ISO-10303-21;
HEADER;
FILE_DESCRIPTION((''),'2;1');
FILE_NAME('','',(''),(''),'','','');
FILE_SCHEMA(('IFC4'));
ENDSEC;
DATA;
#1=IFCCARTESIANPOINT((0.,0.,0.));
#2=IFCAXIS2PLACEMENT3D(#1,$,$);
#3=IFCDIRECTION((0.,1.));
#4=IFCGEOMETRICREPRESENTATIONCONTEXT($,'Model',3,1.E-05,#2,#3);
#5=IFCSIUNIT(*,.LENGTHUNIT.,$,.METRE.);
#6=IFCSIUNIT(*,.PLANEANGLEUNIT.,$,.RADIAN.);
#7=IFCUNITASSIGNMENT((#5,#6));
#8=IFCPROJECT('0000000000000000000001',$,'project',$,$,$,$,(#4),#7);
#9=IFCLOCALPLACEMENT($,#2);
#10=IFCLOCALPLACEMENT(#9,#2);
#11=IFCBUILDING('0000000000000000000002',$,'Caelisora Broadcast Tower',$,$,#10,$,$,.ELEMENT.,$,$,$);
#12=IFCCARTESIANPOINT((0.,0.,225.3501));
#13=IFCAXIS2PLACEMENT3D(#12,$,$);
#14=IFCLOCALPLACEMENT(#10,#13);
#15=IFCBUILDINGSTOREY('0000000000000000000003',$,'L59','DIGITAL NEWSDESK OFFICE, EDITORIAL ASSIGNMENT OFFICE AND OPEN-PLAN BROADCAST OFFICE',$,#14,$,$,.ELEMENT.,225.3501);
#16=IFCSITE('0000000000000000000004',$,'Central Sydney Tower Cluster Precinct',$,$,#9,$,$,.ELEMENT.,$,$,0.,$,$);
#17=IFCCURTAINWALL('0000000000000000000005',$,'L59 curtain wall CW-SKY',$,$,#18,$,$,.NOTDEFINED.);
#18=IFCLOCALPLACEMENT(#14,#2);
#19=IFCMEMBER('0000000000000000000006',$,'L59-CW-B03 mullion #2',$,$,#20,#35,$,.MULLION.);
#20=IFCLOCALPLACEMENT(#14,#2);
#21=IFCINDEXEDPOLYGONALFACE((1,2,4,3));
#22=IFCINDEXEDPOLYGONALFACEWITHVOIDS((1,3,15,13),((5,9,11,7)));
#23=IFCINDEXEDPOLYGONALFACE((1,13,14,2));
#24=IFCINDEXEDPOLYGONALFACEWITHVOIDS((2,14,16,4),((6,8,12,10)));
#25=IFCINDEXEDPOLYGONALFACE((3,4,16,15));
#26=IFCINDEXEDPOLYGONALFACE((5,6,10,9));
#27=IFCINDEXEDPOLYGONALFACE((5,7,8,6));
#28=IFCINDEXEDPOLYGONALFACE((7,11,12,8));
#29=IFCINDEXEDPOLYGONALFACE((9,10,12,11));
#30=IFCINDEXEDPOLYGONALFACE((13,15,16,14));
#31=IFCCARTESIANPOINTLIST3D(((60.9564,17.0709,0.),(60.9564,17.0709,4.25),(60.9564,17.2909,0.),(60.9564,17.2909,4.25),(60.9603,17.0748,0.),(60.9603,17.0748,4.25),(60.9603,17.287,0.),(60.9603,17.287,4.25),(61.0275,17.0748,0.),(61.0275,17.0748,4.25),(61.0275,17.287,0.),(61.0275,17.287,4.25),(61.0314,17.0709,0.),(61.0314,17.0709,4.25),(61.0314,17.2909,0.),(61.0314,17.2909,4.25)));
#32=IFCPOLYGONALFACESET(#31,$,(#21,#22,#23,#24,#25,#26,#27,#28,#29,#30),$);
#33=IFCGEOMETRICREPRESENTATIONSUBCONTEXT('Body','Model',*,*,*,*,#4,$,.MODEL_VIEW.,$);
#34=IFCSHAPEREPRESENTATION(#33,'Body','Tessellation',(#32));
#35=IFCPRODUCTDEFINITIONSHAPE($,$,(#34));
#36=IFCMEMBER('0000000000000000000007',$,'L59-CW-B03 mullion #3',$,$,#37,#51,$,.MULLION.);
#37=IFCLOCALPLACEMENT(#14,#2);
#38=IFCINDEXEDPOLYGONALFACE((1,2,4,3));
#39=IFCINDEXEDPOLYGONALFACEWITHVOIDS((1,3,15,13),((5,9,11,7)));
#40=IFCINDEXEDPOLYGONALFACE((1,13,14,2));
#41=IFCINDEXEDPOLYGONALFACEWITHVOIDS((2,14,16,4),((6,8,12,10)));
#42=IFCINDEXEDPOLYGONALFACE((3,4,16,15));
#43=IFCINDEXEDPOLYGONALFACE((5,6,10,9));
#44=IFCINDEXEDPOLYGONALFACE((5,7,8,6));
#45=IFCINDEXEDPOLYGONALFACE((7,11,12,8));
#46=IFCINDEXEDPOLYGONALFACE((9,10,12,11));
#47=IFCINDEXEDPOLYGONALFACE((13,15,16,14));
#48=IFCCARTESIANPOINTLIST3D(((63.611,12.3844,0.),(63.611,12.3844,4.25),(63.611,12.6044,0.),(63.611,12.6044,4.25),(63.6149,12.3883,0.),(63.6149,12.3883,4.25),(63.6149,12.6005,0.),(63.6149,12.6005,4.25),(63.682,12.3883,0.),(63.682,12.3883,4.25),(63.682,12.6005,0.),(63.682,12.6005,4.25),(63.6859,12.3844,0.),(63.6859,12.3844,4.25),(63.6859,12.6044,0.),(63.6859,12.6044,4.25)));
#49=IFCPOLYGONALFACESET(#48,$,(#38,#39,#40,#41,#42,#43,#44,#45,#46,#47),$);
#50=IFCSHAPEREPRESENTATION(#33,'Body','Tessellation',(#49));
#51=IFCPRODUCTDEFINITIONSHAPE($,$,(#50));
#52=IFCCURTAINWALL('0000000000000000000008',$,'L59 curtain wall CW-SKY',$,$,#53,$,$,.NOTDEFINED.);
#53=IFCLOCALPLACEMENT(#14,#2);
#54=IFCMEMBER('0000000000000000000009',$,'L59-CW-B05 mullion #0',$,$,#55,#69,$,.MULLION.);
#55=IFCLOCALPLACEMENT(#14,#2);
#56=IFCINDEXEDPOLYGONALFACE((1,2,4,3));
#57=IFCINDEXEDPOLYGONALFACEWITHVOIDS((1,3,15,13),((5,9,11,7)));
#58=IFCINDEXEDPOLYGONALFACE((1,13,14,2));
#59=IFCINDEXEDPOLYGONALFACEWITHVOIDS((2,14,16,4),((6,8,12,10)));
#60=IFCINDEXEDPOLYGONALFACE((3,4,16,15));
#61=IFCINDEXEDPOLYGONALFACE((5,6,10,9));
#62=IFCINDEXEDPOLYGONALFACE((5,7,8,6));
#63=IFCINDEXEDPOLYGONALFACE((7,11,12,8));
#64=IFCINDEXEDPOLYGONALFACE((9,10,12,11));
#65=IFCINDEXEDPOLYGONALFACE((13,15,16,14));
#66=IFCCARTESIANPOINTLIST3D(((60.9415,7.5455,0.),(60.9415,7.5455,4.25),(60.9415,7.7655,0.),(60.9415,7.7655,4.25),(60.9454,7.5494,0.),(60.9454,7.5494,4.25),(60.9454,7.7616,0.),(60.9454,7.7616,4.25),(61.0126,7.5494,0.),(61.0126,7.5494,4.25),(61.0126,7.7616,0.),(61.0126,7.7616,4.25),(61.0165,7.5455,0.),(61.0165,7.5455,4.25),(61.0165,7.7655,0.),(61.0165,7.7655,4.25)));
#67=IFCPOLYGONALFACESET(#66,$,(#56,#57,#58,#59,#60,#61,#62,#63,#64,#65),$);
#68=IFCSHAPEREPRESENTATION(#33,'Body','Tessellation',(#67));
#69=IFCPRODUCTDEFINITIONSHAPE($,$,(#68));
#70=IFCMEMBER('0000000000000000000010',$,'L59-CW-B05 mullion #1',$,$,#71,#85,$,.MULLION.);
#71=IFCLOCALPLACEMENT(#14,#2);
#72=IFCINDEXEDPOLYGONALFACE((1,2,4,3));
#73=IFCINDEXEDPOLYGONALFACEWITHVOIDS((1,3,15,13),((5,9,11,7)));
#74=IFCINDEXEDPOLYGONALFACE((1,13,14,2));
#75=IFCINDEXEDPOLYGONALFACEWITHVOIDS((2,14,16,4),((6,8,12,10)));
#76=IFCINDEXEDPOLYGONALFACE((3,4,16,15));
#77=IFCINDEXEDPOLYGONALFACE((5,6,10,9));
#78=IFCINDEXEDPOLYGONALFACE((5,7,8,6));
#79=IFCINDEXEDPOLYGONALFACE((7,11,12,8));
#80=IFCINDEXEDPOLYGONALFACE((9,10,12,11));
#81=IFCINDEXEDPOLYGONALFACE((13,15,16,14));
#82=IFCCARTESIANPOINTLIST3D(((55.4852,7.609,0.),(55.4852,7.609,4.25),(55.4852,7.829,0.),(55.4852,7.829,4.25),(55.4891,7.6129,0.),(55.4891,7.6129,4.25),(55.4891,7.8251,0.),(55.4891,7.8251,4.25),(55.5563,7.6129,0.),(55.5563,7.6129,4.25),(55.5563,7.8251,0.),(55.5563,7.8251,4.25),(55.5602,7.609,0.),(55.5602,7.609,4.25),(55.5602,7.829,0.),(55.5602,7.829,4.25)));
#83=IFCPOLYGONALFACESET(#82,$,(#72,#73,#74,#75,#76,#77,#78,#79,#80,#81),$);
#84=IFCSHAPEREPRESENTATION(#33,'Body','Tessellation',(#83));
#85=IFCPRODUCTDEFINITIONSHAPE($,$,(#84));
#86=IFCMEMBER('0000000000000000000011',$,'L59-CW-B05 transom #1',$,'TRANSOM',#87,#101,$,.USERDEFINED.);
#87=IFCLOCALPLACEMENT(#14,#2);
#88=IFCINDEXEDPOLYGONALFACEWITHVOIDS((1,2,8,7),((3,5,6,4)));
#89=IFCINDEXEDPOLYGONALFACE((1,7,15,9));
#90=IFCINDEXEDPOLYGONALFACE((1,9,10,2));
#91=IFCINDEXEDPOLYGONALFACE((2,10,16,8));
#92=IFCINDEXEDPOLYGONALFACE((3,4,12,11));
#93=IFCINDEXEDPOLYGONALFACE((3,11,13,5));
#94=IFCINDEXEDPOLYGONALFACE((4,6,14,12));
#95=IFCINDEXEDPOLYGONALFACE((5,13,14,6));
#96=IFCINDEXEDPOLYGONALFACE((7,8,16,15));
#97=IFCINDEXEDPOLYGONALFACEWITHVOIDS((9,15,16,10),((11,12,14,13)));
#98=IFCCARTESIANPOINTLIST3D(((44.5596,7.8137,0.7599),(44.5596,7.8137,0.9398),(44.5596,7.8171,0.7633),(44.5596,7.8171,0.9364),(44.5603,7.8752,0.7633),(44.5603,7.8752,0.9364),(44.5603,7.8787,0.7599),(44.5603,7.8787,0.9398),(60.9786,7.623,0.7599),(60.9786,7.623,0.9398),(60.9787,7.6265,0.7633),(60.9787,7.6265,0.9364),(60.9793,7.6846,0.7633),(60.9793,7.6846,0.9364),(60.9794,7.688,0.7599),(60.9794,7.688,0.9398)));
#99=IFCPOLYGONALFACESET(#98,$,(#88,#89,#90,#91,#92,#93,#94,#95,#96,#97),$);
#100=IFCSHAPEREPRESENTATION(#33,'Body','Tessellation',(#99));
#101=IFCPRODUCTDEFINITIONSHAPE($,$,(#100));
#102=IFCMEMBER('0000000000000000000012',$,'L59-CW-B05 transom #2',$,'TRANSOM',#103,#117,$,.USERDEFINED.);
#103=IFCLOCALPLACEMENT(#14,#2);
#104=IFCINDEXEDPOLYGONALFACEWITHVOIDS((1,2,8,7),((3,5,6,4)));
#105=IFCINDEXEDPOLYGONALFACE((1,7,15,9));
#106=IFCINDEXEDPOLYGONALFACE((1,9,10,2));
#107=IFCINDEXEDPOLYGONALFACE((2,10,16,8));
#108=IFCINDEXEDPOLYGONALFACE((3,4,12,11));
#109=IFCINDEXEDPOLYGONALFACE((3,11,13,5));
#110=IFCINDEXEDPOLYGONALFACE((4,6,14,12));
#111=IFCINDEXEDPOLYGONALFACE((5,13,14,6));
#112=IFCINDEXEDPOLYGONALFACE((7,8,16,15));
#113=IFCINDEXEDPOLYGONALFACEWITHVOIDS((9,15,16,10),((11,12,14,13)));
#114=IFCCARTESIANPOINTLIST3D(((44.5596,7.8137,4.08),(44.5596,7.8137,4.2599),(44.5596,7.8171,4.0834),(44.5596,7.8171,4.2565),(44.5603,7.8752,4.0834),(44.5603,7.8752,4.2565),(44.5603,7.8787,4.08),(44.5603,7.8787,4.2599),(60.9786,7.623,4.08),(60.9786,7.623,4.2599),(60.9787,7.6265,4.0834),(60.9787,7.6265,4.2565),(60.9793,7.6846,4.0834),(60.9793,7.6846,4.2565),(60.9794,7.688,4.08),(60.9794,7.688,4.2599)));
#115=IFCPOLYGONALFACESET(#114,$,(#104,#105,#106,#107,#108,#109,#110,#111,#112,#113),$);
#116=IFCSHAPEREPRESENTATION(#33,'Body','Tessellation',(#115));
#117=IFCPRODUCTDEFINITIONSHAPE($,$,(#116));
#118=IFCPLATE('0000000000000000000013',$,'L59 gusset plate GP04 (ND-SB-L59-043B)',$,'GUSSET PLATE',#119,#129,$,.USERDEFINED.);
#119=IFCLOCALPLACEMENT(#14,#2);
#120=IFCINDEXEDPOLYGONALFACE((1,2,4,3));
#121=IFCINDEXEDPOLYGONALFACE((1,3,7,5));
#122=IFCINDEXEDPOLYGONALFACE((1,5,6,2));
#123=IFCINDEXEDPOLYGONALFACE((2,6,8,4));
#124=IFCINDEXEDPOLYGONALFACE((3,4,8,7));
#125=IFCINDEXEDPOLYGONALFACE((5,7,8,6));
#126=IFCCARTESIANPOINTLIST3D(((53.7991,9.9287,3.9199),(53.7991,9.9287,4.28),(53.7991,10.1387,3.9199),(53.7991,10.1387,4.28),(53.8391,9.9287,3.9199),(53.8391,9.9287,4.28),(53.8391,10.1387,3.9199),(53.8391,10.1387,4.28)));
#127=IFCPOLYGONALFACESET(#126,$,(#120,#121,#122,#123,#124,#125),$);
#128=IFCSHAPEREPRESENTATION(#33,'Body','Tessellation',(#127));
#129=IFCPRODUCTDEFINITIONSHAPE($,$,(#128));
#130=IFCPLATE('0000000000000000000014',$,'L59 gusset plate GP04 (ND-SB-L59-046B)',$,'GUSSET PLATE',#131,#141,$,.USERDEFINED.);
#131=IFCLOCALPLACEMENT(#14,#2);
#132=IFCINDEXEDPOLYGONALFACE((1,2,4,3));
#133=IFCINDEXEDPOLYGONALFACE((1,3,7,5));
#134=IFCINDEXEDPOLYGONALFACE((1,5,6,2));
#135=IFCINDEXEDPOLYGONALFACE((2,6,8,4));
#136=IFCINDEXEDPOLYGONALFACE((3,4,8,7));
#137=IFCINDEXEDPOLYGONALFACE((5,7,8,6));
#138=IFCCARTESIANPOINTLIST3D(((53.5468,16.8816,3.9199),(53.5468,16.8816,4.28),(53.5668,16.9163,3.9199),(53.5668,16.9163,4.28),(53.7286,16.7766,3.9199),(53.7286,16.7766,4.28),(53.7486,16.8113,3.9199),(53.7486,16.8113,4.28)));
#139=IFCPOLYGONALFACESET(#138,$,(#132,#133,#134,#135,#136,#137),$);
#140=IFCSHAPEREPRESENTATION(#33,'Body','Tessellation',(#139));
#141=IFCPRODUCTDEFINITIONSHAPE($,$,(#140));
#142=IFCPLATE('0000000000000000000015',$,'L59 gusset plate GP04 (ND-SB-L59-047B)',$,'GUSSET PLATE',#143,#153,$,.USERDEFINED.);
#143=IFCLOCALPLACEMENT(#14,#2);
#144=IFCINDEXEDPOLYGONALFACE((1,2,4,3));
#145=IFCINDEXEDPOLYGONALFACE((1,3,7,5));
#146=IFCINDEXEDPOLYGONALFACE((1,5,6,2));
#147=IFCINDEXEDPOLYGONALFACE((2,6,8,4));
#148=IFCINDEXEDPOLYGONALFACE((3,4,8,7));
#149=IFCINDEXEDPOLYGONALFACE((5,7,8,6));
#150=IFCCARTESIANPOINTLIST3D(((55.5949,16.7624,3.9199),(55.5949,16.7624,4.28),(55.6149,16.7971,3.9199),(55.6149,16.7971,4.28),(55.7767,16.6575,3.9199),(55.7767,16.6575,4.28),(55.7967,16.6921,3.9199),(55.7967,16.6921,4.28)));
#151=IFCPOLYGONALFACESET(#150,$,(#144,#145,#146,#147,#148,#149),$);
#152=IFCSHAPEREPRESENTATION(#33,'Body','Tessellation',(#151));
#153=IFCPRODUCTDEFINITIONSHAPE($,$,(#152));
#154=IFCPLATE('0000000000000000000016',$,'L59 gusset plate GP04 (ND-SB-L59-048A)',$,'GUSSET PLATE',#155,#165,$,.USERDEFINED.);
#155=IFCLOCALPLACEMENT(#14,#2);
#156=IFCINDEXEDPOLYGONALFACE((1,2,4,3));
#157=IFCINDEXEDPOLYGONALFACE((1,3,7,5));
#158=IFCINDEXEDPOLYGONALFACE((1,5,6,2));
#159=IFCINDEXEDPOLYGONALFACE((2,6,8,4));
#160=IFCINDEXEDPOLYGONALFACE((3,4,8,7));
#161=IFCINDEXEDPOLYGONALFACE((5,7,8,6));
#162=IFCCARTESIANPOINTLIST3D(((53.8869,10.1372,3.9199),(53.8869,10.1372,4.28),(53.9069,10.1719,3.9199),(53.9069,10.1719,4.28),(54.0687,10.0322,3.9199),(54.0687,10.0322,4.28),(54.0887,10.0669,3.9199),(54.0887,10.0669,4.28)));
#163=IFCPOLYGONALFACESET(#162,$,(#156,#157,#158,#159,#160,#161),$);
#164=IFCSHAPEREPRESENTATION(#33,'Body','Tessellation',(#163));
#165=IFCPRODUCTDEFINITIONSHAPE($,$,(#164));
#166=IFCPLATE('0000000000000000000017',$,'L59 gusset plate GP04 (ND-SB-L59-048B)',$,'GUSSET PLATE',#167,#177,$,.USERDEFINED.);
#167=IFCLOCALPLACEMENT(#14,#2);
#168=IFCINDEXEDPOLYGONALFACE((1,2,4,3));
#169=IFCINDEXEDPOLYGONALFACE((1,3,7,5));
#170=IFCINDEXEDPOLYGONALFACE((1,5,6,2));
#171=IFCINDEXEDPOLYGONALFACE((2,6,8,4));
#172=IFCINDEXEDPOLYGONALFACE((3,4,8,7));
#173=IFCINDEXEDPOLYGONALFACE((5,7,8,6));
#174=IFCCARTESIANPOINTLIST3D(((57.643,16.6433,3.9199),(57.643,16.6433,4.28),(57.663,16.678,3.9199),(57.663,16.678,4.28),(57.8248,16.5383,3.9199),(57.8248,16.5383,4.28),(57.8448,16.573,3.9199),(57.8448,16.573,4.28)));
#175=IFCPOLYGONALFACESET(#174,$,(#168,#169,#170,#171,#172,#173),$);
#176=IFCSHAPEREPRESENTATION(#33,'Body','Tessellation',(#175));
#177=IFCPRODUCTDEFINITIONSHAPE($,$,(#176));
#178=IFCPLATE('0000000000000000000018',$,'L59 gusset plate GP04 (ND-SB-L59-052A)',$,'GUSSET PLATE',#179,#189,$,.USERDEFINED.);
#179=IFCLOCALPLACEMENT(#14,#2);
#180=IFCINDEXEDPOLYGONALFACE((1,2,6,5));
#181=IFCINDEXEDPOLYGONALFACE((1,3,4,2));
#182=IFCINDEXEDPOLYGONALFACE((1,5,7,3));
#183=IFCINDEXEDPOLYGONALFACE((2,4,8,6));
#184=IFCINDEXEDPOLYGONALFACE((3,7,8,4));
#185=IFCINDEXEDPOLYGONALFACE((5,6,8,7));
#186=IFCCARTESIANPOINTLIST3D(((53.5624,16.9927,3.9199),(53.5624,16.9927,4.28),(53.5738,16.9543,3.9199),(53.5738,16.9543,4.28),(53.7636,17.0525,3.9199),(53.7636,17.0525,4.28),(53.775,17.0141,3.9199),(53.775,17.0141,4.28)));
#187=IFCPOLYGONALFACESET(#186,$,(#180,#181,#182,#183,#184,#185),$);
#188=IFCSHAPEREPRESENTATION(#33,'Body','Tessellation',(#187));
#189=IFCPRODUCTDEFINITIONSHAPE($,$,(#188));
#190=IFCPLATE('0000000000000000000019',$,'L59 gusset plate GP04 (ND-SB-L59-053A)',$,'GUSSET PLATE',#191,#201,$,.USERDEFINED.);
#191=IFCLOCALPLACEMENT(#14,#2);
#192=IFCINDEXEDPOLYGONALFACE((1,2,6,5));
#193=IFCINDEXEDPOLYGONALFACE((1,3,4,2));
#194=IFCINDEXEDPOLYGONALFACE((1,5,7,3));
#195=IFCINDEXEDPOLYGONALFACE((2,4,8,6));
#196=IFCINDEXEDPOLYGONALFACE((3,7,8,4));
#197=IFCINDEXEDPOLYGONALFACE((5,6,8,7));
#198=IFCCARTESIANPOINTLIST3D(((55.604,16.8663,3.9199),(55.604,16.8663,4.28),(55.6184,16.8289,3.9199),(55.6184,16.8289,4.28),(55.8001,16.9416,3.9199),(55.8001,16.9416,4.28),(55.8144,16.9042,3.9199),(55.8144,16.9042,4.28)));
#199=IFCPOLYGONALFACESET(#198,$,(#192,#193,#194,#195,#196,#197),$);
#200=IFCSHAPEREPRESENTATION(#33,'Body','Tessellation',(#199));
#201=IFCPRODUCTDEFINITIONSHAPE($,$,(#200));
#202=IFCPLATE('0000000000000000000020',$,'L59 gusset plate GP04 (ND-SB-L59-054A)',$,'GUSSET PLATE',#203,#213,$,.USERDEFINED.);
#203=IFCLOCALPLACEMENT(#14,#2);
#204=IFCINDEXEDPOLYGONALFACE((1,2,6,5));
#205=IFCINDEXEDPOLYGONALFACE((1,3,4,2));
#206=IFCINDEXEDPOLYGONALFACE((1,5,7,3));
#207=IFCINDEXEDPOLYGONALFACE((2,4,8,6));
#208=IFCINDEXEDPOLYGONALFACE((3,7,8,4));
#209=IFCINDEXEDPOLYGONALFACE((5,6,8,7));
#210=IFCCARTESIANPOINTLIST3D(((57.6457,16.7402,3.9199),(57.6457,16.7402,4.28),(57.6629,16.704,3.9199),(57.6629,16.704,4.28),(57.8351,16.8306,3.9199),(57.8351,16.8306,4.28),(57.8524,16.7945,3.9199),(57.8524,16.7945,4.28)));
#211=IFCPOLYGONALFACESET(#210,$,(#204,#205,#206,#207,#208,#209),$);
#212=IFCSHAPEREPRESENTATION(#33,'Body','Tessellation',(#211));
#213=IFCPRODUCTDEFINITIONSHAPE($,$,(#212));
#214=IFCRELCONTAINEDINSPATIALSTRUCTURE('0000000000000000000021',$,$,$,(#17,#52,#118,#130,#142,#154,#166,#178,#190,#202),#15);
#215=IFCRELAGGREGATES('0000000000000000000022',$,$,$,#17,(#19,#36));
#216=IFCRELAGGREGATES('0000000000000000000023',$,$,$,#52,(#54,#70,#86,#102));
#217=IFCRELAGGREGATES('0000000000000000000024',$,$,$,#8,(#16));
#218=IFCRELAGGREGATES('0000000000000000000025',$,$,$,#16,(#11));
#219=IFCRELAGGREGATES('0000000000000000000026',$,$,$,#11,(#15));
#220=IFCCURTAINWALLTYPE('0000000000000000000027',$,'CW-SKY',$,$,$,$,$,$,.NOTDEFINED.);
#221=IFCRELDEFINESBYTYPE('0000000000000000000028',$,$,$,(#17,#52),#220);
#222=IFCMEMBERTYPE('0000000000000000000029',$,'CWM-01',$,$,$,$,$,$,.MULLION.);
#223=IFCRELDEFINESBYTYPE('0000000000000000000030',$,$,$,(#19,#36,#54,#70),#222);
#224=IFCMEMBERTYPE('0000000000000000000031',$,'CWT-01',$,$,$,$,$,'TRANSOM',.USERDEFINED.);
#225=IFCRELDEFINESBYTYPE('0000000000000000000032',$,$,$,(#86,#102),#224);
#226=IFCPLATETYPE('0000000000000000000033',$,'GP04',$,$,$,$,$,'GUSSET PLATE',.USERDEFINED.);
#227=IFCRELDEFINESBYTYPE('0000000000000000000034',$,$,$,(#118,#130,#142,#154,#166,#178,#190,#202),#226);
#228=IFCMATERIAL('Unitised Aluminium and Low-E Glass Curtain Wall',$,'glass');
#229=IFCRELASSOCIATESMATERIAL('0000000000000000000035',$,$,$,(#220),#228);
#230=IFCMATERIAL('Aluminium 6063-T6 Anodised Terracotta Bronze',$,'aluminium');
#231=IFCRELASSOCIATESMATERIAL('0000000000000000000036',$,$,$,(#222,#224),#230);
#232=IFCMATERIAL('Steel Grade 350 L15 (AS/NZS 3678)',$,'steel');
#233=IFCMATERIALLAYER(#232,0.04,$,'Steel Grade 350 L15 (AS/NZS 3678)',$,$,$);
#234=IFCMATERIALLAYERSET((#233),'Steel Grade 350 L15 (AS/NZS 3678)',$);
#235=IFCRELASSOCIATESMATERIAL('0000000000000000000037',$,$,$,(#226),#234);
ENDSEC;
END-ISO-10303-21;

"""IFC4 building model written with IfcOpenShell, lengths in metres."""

from ifc_helpers import new_model, si_unit, direction, frame, origin, origin_2d, place, context, subcontext, project, spatial, rectangle, hollow_rectangle, extrude, source, transform, mapped, material, layer, layer_set, material_profile, profile_set, type_object, type_shapes, element, aggregate, save


model = new_model("IFC4")

# Units and contexts
model_context = context("Model", 3, precision=1e-05, world=origin(), true_north=direction((0.0, 1.0)))
body_context = subcontext(model_context, "Body", "Model", "MODEL_VIEW")
ifc_project = project(units=[si_unit("LENGTHUNIT", "METRE"), si_unit("PLANEANGLEUNIT", "RADIAN")], contexts=[model_context])

# Site, building, storey
site_placement = place(None, origin())
site = spatial("IfcSite", under=ifc_project, at=site_placement, Name="Central Sydney Tower Cluster Precinct", CompositionType="ELEMENT", RefElevation=0.0)
building_placement = place(site_placement, origin())
building = spatial("IfcBuilding", under=site, at=building_placement, Name="Caelisora Broadcast Tower", CompositionType="ELEMENT")
storey_placement = place(building_placement, frame((0.0, 0.0, 225.3501)))
storey = spatial("IfcBuildingStorey", under=building, at=storey_placement, Name="L59", Description="DIGITAL NEWSDESK OFFICE, EDITORIAL ASSIGNMENT OFFICE AND OPEN-PLAN BROADCAST OFFICE", CompositionType="ELEMENT", Elevation=225.3501)

# Shared definitions
ifc_material_1 = material(Name="Steel Grade 350 L15 (AS/NZS 3678)", Category="steel")

# Curtain walls, members
ifc_material_2 = material(Name="Unitised Aluminium and Low-E Glass Curtain Wall", Category="glass")
curtain_wall_type = type_object("IfcCurtainWallType", Name="CW-SKY", PredefinedType="NOTDEFINED", material=ifc_material_2)
curtain_wall_1_placement = place(storey_placement, origin())
curtain_wall_1 = element("IfcCurtainWall", 1, at=curtain_wall_1_placement, inside=storey, type_object=curtain_wall_type, Name="L59 curtain wall CW-SKY", PredefinedType="NOTDEFINED")
ifc_material_3 = material(Name="Aluminium 6063-T6 Anodised Terracotta Bronze", Category="aluminium")
ifc_material_profile_1 = material_profile(ifc_material_3, hollow_rectangle(XDim=0.075, YDim=0.22, WallThickness=0.0039, at=origin_2d()), Name="Aluminium 6063-T6 Anodised Terracotta Bronze")
ifc_profile_set_1 = profile_set([ifc_material_profile_1], Name="Aluminium 6063-T6 Anodised Terracotta Bronze")
member_type_1 = type_object("IfcMemberType", Name="CWM-01", PredefinedType="MULLION", material=ifc_profile_set_1)
shared_shape_1 = source(origin(), body_context, "Body", "SweptSolid", [
    extrude(hollow_rectangle(XDim=0.075, YDim=0.22, WallThickness=0.0039, at=origin_2d()), origin(), (0.0, 0.0, 1.0), 4.25),
])
type_shapes(member_type_1, [shared_shape_1])
member_1_placement = place(storey_placement, frame((60.9939, 17.1809, 0.0), z_axis=(0.0, 0.0, 1.0), x_axis=(1.0, 0.0, 0.0)))
member_1 = element("IfcMember", 2, at=member_1_placement, type_object=member_type_1, Name="L59-CW-B03 mullion #2", PredefinedType="MULLION", context=body_context, shape_type="MappedRepresentation", body=[
    mapped(shared_shape_1, transform((0.0, 0.0, 0.0), scale=1.0)),
])
member_2_placement = place(storey_placement, frame((63.6484, 12.4944, 0.0), z_axis=(0.0, 0.0, 1.0), x_axis=(1.0, 0.0, 0.0)))
member_2 = element("IfcMember", 3, at=member_2_placement, type_object=member_type_1, Name="L59-CW-B03 mullion #3", PredefinedType="MULLION", context=body_context, shape_type="MappedRepresentation", body=[
    mapped(shared_shape_1, transform((0.0, 0.0, 0.0), scale=1.0)),
])
curtain_wall_2_placement = place(storey_placement, origin())
curtain_wall_2 = element("IfcCurtainWall", 4, at=curtain_wall_2_placement, inside=storey, type_object=curtain_wall_type, Name="L59 curtain wall CW-SKY", PredefinedType="NOTDEFINED")
member_3_placement = place(storey_placement, frame((60.979, 7.6555, 0.0), z_axis=(0.0, 0.0, 1.0), x_axis=(1.0, 0.0, 0.0)))
member_3 = element("IfcMember", 5, at=member_3_placement, type_object=member_type_1, Name="L59-CW-B05 mullion #0", PredefinedType="MULLION", context=body_context, shape_type="MappedRepresentation", body=[
    mapped(shared_shape_1, transform((0.0, 0.0, 0.0), scale=1.0)),
])
member_4_placement = place(storey_placement, frame((55.5227, 7.719, 0.0), z_axis=(0.0, 0.0, 1.0), x_axis=(1.0, 0.0, 0.0)))
member_4 = element("IfcMember", 6, at=member_4_placement, type_object=member_type_1, Name="L59-CW-B05 mullion #1", PredefinedType="MULLION", context=body_context, shape_type="MappedRepresentation", body=[
    mapped(shared_shape_1, transform((0.0, 0.0, 0.0), scale=1.0)),
])
ifc_material_profile_2 = material_profile(ifc_material_3, hollow_rectangle(XDim=0.0649, YDim=0.1799, WallThickness=0.0034, at=origin_2d()), Name="Aluminium 6063-T6 Anodised Terracotta Bronze")
ifc_profile_set_2 = profile_set([ifc_material_profile_2], Name="Aluminium 6063-T6 Anodised Terracotta Bronze")
member_type_2 = type_object("IfcMemberType", Name="CWT-01", ElementType="TRANSOM", PredefinedType="USERDEFINED", material=ifc_profile_set_2)
shared_shape_2 = source(origin(), body_context, "Body", "SweptSolid", [
    extrude(hollow_rectangle(XDim=0.0649, YDim=0.1799, WallThickness=0.0034, at=origin_2d()), origin(), (0.0, 0.0, 1.0), 16.4202),
])
type_shapes(member_type_2, [shared_shape_2])
member_5_placement = place(storey_placement, frame((60.979, 7.6555, 0.8499), z_axis=(-0.999933, 0.011612, 0.0), x_axis=(-0.011612, -0.999933, 0.0)))
member_5 = element("IfcMember", 7, at=member_5_placement, type_object=member_type_2, Name="L59-CW-B05 transom #1", ObjectType="TRANSOM", PredefinedType="USERDEFINED", context=body_context, shape_type="MappedRepresentation", body=[
    mapped(shared_shape_2, transform((0.0, 0.0, 0.0), scale=1.0)),
])
member_6_placement = place(storey_placement, frame((60.979, 7.6555, 4.1699), z_axis=(-0.999933, 0.011612, 0.0), x_axis=(-0.011612, -0.999933, 0.0)))
member_6 = element("IfcMember", 8, at=member_6_placement, type_object=member_type_2, Name="L59-CW-B05 transom #2", ObjectType="TRANSOM", PredefinedType="USERDEFINED", context=body_context, shape_type="MappedRepresentation", body=[
    mapped(shared_shape_2, transform((0.0, 0.0, 0.0), scale=1.0)),
])

# Plates
ifc_layer_1 = layer(ifc_material_1, 0.04, Name="Steel Grade 350 L15 (AS/NZS 3678)")
ifc_layer_set_1 = layer_set([ifc_layer_1], Name="Steel Grade 350 L15 (AS/NZS 3678)")
plate_type_1 = type_object("IfcPlateType", Name="GP04", ElementType="GUSSET PLATE", PredefinedType="USERDEFINED", material=ifc_layer_set_1)
shared_shape_3 = source(origin(), body_context, "Body", "SweptSolid", [
    extrude(rectangle(XDim=0.21, YDim=0.04, at=origin_2d()), origin(), (0.0, 0.0, 1.0), 0.3601),
])
type_shapes(plate_type_1, [shared_shape_3])
for number, where, z_axis, x_axis, name in (
    (9, (53.8191, 10.0337, 3.9199), (0.0, 0.0, 1.0), (0.0, 1.0, 0.0), "L59 gusset plate GP04 (ND-SB-L59-043B)"),
    (10, (53.6477, 16.8464, 3.9199), (0.0, 0.0, 1.0), (-0.866025, 0.5, 0.0), "L59 gusset plate GP04 (ND-SB-L59-046B)"),
    (11, (55.6958, 16.7273, 3.9199), (0.0, 0.0, 1.0), (-0.866025, 0.5, 0.0), "L59 gusset plate GP04 (ND-SB-L59-047B)"),
    (12, (53.9878, 10.1021, 3.9199), (0.0, 0.0, 1.0), (-0.866025, 0.5, 0.0), "L59 gusset plate GP04 (ND-SB-L59-048A)"),
    (13, (57.7439, 16.6082, 3.9199), (0.0, 0.0, 1.0), (-0.866025, 0.5, 0.0), "L59 gusset plate GP04 (ND-SB-L59-048B)"),
    (14, (53.6687, 17.0034, 3.9199), (0.0, 0.0, 1.0), (-0.958572, -0.284852, 0.0), "L59 gusset plate GP04 (ND-SB-L59-052A)"),
    (15, (55.7092, 16.8853, 3.9199), (0.0, 0.0, 1.0), (-0.933518, -0.358531, 0.0), "L59 gusset plate GP04 (ND-SB-L59-053A)"),
    (16, (57.749, 16.7673, 3.9199), (0.0, 0.0, 1.0), (-0.902435, -0.430826, 0.0), "L59 gusset plate GP04 (ND-SB-L59-054A)"),
):
    element("IfcPlate", number, at=place(storey_placement, frame(where, z_axis=z_axis, x_axis=x_axis)), inside=storey, type_object=plate_type_1, Name=name, ObjectType="GUSSET PLATE", PredefinedType="USERDEFINED", context=body_context, shape_type="MappedRepresentation", body=[
        mapped(shared_shape_3, transform((0.0, 0.0, 0.0), scale=1.0)),
    ])

aggregate(curtain_wall_1, [member_1, member_2])
aggregate(curtain_wall_2, [member_3, member_4, member_5, member_6])

save(model, "model.ifc")
